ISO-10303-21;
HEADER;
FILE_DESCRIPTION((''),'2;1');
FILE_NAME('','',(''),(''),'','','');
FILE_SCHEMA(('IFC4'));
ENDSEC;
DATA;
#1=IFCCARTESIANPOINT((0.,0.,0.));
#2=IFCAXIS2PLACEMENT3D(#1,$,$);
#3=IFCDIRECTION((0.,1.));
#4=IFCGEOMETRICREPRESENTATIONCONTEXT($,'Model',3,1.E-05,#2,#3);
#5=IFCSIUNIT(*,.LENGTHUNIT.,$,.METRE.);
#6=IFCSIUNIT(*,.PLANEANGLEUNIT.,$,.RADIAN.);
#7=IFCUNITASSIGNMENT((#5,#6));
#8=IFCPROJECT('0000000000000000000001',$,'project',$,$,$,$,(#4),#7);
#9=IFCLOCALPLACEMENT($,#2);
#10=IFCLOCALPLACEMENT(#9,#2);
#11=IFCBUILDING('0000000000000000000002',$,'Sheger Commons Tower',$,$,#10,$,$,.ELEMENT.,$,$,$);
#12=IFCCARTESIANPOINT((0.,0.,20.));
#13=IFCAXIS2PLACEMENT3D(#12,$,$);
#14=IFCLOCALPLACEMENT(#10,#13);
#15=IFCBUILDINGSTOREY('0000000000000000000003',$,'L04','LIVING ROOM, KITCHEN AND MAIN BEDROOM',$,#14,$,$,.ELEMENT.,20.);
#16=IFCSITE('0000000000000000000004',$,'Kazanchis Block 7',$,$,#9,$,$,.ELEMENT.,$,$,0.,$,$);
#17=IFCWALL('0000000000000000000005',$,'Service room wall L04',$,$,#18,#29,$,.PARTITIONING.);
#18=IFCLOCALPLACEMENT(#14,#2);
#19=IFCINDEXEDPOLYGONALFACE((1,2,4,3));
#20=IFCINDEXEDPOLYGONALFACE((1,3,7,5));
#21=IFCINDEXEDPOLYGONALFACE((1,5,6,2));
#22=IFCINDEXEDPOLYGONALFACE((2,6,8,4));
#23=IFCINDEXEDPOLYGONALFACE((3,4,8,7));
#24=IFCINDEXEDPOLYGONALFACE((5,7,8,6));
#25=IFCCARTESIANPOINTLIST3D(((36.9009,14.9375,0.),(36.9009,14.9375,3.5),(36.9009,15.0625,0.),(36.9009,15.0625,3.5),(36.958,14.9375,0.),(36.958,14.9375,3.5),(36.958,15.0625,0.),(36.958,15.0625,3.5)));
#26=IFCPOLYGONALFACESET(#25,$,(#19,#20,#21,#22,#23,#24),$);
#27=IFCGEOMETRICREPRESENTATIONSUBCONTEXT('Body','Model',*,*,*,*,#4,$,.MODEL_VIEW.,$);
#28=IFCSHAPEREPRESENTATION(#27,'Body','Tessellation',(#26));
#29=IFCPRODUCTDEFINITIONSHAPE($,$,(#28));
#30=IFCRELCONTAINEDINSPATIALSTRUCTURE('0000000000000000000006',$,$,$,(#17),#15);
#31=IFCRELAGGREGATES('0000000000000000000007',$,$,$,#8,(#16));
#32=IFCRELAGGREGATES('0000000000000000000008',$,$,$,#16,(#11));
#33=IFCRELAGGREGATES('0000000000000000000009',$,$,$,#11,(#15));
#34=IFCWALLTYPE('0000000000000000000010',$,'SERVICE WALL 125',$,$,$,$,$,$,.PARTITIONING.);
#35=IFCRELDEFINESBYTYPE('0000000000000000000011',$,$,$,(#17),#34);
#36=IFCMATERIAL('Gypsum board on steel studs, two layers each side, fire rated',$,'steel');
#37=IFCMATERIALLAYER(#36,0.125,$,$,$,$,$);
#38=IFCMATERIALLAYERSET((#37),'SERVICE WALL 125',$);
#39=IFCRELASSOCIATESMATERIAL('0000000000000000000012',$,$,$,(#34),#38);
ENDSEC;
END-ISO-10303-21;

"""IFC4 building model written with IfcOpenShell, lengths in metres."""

from ifc_helpers import new_model, si_unit, direction, frame, frame_2d, origin, place, context, subcontext, project, spatial, rectangle, extrude, material, layer, layer_set, type_object, element, save


model = new_model("IFC4")

# Units and contexts
model_context = context("Model", 3, precision=1e-05, world=origin(), true_north=direction((0.0, 1.0)))
body_context = subcontext(model_context, "Body", "Model", "MODEL_VIEW")
ifc_project = project(units=[si_unit("LENGTHUNIT", "METRE"), si_unit("PLANEANGLEUNIT", "RADIAN")], contexts=[model_context])

# Site, building, storey
site_placement = place(None, origin())
site = spatial("IfcSite", under=ifc_project, at=site_placement, Name="Kazanchis Block 7", CompositionType="ELEMENT", RefElevation=0.0)
building_placement = place(site_placement, origin())
building = spatial("IfcBuilding", under=site, at=building_placement, Name="Sheger Commons Tower", CompositionType="ELEMENT")
storey_placement = place(building_placement, frame((0.0, 0.0, 20.0)))
storey = spatial("IfcBuildingStorey", under=building, at=storey_placement, Name="L04", Description="LIVING ROOM, KITCHEN AND MAIN BEDROOM", CompositionType="ELEMENT", Elevation=20.0)

# Shared definitions
ifc_material_1 = material(Name="Gypsum board on steel studs, two layers each side, fire rated", Category="steel")
ifc_layer_1 = layer(ifc_material_1, 0.125)
ifc_layer_set_1 = layer_set([ifc_layer_1], Name="SERVICE WALL 125")
wall_type_1 = type_object("IfcWallType", Name="SERVICE WALL 125", PredefinedType="PARTITIONING", material=ifc_layer_set_1)

# Wall
wall_1_placement = place(storey_placement, frame((36.9009, 15.0, 0.0), z_axis=(0.0, 0.0, 1.0), x_axis=(1.0, 0.0, 0.0)))
element("IfcWall", 1, at=wall_1_placement, inside=storey, type_object=wall_type_1, Name="Service room wall L04", PredefinedType="PARTITIONING", context=body_context, shape_type="SweptSolid", body=[
    extrude(rectangle(XDim=0.0571, YDim=0.125, at=frame_2d((0.0286, 0.0))), origin(), (0.0, 0.0, 1.0), 3.5),
])

save(model, "model.ifc")
